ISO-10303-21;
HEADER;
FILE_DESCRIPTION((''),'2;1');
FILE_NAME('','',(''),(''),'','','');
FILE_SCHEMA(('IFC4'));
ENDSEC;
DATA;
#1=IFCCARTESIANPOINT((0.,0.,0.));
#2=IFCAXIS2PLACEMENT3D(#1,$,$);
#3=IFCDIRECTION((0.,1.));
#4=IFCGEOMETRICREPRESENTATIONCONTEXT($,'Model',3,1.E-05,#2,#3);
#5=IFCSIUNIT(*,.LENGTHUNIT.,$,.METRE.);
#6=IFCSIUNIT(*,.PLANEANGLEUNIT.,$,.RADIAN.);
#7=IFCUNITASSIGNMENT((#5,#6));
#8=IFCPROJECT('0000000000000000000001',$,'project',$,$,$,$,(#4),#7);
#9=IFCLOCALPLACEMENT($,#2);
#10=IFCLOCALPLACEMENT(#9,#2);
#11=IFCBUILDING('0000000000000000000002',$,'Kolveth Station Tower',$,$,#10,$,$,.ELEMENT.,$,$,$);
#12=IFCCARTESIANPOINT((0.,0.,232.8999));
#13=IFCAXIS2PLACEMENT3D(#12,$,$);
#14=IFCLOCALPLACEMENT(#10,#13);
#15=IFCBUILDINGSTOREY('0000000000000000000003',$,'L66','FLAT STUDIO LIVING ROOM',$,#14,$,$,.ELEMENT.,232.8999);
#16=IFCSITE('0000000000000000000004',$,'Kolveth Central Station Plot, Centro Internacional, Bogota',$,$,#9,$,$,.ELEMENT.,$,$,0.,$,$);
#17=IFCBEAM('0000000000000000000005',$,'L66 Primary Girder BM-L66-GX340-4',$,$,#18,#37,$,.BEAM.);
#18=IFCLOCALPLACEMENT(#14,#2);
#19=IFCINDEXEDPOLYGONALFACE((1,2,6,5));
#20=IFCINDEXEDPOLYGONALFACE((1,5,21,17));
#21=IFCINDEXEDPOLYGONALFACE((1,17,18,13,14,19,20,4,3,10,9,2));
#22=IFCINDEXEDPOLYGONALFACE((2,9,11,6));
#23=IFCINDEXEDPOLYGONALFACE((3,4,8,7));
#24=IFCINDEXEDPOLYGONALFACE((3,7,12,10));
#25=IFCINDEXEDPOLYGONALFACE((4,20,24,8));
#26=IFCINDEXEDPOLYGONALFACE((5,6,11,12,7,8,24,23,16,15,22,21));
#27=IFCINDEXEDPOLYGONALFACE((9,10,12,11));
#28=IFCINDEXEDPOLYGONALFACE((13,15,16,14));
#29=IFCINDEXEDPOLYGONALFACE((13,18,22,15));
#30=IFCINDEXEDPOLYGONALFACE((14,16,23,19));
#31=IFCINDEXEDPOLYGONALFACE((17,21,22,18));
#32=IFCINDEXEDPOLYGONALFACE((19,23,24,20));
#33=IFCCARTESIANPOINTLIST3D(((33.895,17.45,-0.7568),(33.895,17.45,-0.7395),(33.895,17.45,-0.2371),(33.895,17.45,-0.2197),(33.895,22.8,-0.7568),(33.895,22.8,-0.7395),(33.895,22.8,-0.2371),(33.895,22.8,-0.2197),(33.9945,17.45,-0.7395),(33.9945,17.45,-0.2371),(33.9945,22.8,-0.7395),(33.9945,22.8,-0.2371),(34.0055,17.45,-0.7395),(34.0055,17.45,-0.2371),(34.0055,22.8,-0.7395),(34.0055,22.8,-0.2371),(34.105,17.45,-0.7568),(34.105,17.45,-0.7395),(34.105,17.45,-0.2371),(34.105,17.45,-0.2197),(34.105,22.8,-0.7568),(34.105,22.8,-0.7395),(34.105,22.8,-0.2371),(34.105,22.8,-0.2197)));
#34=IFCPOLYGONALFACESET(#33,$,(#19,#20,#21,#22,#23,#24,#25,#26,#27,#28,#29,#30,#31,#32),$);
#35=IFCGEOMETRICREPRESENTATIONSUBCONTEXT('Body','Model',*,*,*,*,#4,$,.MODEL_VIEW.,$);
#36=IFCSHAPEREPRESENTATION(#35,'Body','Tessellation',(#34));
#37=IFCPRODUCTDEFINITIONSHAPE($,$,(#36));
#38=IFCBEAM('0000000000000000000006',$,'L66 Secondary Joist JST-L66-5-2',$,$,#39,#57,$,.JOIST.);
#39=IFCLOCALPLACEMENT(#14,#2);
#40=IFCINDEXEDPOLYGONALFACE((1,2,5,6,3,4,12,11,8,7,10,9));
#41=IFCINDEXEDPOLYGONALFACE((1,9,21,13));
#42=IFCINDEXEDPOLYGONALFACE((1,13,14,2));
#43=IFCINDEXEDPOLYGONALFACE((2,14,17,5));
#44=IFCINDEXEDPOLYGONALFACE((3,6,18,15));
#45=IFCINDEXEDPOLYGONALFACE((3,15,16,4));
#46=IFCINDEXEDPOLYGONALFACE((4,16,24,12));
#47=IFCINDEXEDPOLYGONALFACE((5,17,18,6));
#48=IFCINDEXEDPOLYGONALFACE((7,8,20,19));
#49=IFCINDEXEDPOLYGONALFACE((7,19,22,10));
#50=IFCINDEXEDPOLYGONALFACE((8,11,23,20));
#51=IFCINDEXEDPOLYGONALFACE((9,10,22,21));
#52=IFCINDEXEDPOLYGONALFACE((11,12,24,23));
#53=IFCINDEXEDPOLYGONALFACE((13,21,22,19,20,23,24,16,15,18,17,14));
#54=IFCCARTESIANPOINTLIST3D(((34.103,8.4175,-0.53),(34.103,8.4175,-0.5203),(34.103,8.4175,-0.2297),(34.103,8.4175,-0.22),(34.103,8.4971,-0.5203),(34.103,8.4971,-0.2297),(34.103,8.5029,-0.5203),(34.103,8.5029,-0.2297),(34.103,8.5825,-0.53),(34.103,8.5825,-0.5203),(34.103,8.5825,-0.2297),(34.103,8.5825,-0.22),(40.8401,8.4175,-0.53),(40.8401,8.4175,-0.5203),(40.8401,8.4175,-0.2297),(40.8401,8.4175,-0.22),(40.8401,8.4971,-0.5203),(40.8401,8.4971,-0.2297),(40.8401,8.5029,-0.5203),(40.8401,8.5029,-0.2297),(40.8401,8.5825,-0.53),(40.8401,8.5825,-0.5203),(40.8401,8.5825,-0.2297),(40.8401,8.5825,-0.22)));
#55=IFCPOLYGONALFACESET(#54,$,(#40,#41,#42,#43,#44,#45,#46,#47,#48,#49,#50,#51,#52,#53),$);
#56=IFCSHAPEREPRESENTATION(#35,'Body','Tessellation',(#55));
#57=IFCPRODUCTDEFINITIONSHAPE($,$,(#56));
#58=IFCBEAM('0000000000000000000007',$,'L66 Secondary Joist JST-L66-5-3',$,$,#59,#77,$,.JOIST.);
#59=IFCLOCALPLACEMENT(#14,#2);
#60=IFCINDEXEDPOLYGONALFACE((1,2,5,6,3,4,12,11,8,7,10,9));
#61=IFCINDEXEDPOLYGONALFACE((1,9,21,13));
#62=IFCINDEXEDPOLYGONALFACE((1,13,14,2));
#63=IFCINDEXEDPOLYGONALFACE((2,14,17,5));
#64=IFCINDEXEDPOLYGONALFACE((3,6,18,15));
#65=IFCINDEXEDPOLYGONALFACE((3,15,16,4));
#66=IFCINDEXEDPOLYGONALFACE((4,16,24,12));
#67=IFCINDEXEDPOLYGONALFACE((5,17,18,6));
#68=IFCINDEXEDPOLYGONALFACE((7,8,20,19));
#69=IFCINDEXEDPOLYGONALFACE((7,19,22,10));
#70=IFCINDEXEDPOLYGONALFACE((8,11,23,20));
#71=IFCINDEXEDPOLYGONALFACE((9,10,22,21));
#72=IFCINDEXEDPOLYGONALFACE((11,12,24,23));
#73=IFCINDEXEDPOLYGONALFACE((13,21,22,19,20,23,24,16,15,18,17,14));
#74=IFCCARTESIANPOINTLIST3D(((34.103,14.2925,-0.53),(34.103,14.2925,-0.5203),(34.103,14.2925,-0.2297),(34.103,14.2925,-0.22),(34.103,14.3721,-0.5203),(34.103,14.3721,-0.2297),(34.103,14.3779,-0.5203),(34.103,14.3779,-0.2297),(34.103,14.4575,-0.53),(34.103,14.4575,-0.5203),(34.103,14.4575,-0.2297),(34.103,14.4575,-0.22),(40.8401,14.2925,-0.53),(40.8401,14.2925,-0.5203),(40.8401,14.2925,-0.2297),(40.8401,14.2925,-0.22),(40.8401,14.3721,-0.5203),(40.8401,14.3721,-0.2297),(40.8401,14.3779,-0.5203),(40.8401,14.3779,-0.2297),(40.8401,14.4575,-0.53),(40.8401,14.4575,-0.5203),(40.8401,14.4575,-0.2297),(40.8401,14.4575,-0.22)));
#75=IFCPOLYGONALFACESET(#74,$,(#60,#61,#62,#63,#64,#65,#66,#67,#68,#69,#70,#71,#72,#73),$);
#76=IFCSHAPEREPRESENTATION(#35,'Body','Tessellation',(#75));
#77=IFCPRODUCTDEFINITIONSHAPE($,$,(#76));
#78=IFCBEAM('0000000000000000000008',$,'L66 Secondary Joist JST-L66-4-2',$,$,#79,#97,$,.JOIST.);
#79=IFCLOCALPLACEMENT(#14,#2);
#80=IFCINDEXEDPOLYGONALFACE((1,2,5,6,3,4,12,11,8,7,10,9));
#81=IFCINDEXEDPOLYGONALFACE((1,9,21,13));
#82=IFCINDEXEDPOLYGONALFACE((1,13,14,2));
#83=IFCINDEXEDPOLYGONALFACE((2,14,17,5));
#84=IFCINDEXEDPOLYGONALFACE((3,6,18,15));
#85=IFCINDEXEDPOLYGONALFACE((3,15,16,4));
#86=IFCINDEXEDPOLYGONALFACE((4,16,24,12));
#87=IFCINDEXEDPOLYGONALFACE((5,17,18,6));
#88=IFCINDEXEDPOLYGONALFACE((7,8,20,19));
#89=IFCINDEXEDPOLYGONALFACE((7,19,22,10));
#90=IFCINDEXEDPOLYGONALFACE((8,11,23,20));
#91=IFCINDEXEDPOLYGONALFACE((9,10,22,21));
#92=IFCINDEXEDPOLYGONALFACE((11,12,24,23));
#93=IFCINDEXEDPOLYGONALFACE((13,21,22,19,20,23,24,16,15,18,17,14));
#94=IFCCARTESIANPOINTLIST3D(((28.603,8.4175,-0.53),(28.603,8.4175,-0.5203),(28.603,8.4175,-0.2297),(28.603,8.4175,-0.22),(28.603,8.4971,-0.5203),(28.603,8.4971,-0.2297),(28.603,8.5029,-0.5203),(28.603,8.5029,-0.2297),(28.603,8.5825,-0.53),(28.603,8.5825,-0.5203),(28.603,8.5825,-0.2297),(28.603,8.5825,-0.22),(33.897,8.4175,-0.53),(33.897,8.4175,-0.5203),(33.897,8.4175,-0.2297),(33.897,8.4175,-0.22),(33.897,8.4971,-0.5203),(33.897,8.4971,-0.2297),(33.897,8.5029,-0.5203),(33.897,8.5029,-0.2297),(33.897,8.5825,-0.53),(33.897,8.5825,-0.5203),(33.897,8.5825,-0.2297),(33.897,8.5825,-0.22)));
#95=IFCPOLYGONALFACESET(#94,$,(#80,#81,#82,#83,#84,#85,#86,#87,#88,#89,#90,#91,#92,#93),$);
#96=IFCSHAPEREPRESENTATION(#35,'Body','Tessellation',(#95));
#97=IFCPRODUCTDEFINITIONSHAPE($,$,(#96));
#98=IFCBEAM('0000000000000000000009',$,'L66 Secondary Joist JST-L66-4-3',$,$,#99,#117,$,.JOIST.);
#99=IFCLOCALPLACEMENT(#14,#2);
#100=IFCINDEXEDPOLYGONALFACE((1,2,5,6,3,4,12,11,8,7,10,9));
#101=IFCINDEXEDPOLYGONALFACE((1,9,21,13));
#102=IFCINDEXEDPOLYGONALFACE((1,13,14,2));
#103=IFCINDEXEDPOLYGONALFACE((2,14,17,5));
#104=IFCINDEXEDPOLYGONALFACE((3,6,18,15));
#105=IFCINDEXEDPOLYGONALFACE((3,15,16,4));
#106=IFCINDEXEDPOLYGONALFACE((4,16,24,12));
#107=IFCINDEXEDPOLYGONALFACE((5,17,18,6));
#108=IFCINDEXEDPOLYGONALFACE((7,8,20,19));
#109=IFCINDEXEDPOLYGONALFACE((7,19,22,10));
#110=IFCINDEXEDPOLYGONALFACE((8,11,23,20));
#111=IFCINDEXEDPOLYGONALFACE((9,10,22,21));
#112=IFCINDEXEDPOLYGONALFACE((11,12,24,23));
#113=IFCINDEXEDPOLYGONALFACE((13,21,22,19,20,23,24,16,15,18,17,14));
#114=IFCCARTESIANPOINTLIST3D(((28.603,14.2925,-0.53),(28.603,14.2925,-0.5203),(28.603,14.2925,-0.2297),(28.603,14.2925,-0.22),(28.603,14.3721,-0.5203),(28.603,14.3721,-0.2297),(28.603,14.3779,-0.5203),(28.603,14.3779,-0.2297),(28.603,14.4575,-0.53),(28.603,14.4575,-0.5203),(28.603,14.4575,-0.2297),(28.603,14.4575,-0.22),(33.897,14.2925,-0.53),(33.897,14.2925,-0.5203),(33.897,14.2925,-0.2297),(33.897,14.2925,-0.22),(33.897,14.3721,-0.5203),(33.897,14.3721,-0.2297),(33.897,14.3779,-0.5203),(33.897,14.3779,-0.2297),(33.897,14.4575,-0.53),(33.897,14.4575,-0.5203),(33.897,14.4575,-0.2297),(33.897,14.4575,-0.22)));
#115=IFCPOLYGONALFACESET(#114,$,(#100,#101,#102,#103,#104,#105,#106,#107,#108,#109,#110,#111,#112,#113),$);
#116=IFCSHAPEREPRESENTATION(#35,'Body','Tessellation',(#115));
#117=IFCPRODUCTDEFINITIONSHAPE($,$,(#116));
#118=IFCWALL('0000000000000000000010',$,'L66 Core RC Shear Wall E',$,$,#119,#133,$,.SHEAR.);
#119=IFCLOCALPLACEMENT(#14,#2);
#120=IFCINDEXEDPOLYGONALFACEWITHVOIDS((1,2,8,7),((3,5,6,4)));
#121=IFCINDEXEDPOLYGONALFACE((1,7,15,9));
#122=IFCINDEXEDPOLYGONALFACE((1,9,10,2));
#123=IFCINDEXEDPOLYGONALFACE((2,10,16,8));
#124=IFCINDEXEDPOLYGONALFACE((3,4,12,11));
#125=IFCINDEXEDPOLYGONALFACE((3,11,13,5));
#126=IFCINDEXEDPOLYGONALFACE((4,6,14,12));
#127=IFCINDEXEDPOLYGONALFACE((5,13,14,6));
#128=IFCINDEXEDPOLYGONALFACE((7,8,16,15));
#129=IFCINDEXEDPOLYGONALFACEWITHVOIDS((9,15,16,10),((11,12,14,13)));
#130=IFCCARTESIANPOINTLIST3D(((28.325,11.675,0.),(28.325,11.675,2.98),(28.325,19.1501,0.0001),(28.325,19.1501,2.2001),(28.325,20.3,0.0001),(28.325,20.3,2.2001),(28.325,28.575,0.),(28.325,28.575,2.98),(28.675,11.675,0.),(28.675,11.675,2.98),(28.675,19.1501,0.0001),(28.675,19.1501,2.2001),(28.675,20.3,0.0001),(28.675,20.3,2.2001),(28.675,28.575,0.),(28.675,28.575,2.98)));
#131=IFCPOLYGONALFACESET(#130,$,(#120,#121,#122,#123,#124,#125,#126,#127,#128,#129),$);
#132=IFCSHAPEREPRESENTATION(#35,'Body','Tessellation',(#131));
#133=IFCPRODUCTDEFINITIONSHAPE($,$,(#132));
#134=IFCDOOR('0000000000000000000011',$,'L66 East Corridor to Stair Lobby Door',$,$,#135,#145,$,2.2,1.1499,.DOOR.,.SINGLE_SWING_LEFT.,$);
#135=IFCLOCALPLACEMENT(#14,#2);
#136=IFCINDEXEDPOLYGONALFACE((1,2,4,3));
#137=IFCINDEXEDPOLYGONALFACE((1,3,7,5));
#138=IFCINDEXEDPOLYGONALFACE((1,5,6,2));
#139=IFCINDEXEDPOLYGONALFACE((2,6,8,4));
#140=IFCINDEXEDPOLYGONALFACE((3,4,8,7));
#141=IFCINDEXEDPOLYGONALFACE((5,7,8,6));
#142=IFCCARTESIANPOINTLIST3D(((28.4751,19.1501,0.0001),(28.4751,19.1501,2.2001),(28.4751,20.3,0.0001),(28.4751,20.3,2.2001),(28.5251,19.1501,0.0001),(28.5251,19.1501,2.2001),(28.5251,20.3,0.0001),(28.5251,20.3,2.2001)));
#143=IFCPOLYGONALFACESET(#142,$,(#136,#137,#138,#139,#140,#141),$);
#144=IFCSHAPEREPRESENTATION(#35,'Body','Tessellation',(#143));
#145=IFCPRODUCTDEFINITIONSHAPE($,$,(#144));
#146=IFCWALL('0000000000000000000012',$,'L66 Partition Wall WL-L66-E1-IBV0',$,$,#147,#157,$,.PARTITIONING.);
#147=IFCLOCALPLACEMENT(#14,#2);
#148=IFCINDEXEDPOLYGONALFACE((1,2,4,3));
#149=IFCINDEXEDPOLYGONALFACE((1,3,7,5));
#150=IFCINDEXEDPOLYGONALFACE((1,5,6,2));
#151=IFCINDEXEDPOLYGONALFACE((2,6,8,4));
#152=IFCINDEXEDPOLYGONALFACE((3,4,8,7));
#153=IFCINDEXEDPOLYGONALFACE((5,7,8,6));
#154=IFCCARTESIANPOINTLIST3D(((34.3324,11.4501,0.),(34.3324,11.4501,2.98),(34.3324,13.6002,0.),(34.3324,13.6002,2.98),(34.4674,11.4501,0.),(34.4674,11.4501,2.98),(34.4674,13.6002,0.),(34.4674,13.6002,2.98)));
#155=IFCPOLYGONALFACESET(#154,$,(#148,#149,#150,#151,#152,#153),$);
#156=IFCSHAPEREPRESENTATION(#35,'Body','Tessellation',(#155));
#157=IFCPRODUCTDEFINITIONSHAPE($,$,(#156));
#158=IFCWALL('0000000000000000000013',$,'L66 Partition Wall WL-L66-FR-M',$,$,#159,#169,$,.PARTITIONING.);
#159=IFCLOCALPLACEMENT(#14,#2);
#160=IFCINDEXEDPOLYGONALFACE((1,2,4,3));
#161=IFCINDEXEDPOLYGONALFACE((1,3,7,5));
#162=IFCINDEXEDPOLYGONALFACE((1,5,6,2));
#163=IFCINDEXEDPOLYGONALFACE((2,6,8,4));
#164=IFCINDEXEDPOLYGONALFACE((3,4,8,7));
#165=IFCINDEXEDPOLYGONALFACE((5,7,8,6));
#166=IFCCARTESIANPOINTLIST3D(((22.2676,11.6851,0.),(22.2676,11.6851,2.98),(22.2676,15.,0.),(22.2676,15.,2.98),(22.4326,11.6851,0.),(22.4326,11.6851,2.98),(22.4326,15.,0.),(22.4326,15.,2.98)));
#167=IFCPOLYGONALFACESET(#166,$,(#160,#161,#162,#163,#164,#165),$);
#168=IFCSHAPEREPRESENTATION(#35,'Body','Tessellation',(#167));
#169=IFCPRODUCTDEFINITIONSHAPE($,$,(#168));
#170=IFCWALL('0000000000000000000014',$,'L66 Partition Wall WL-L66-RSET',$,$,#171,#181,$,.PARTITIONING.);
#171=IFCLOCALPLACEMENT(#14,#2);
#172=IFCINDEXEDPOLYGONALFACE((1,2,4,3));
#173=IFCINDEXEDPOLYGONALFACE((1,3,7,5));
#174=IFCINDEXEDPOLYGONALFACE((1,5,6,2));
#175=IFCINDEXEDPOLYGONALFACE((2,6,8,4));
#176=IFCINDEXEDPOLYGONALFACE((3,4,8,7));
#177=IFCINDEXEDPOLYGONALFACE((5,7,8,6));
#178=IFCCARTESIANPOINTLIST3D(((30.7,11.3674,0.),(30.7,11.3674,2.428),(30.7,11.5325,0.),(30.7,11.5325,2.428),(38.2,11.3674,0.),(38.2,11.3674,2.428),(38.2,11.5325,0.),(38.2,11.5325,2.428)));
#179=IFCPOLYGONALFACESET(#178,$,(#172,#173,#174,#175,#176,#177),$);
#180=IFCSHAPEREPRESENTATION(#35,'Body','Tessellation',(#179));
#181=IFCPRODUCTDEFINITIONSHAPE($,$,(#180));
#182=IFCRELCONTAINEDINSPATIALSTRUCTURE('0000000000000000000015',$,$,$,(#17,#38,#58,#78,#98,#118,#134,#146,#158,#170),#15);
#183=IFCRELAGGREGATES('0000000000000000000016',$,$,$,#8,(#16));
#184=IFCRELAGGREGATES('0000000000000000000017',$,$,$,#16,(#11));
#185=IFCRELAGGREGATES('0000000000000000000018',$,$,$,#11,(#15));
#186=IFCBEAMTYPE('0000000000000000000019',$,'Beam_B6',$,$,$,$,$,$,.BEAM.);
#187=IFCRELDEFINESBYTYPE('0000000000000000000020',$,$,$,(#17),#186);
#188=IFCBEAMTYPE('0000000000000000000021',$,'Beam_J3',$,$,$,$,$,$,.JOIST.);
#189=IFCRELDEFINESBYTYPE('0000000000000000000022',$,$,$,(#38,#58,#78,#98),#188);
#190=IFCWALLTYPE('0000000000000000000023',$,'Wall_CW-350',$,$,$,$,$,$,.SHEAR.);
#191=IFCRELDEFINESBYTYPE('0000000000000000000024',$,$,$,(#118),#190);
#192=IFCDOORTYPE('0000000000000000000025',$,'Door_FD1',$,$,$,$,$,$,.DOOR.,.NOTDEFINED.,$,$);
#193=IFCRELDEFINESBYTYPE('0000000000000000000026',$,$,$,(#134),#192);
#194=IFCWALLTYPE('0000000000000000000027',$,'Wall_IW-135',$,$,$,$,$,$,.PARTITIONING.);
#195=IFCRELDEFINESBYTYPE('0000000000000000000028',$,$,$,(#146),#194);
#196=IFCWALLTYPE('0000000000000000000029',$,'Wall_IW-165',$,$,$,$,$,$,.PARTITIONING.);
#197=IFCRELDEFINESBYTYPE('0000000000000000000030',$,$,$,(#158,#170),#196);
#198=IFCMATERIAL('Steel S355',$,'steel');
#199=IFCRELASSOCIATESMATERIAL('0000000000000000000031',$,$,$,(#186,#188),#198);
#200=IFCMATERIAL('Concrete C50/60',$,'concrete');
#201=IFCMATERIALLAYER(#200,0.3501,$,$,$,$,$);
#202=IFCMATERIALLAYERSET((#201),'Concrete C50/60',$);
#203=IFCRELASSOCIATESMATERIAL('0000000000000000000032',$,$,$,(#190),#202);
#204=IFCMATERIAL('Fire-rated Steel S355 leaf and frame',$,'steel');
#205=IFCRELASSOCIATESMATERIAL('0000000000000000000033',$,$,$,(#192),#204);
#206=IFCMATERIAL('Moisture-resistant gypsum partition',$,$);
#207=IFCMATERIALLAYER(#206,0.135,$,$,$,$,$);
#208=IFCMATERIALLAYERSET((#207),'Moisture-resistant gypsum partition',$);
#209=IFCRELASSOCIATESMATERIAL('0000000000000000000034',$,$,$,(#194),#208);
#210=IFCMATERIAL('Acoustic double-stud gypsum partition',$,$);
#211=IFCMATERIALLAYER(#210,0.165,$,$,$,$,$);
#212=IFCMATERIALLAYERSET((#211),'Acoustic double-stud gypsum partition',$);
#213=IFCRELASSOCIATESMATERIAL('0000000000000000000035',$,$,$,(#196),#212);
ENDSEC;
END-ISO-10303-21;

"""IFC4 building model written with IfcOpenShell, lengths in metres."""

from ifc_helpers import new_model, si_unit, direction, frame, frame_2d, origin, origin_2d, place, context, subcontext, project, spatial, rectangle, i_section, extrude, source, transform, mapped, material, layer, layer_set, material_profile, profile_set, type_object, element, fill, save


model = new_model("IFC4")

# Units and contexts
model_context = context("Model", 3, precision=1e-05, world=origin(), true_north=direction((0.0, 1.0)))
body_context = subcontext(model_context, "Body", "Model", "MODEL_VIEW")
ifc_project = project(units=[si_unit("LENGTHUNIT", "METRE"), si_unit("PLANEANGLEUNIT", "RADIAN")], contexts=[model_context])

# Site, building, storey
site_placement = place(None, origin())
site = spatial("IfcSite", under=ifc_project, at=site_placement, Name="Kolveth Central Station Plot, Centro Internacional, Bogota", CompositionType="ELEMENT", RefElevation=0.0)
building_placement = place(site_placement, origin())
building = spatial("IfcBuilding", under=site, at=building_placement, Name="Kolveth Station Tower", CompositionType="ELEMENT")
storey_placement = place(building_placement, frame((0.0, 0.0, 232.8999)))
storey = spatial("IfcBuildingStorey", under=building, at=storey_placement, Name="L66", Description="FLAT STUDIO LIVING ROOM", CompositionType="ELEMENT", Elevation=232.8999)

# Shared definitions
ifc_material_1 = material(Name="Steel S355", Category="steel")

# Beams
ifc_material_profile_1 = material_profile(ifc_material_1, i_section(OverallWidth=0.21, OverallDepth=0.5371, WebThickness=0.011, FlangeThickness=0.0173, at=origin_2d()), Name="W530x101")
ifc_profile_set_1 = profile_set([ifc_material_profile_1], Name="Steel S355")
beam_type_1 = type_object("IfcBeamType", Name="Beam_B6", PredefinedType="BEAM", material=ifc_profile_set_1)
shared_shape_1 = source(origin(), body_context, "Body", "SweptSolid", [
    extrude(i_section(OverallWidth=0.21, OverallDepth=0.5371, WebThickness=0.011, FlangeThickness=0.0173, at=origin_2d()), origin(), (0.0, 0.0, 1.0), 5.3501),
])
for number, where, z_axis, x_axis, name in (
    (1, (34.0, 17.45, -0.4883), (0.0, 1.0, 0.0), (-1.0, 0.0, 0.0), "L66 Primary Girder BM-L66-GX340-4"),
):
    element("IfcBeam", number, at=place(storey_placement, frame(where, z_axis=z_axis, x_axis=x_axis)), inside=storey, type_object=beam_type_1, Name=name, PredefinedType="BEAM", context=body_context, shape_type="MappedRepresentation", body=[
        mapped(shared_shape_1, transform((0.0, 0.0, 0.0), x_axis=(1.0, 0.0, 0.0), y_axis=(0.0, 1.0, 0.0), z_axis=(0.0, 0.0, 1.0), scale=1.0)),
    ])
ifc_material_profile_2 = material_profile(ifc_material_1, i_section(OverallWidth=0.165, OverallDepth=0.3101, WebThickness=0.0059, FlangeThickness=0.0098, at=origin_2d()), Name="W310x39")
ifc_profile_set_2 = profile_set([ifc_material_profile_2], Name="Steel S355")
beam_type_2 = type_object("IfcBeamType", Name="Beam_J3", PredefinedType="JOIST", material=ifc_profile_set_2)
shared_shape_2 = source(origin(), body_context, "Body", "SweptSolid", [
    extrude(i_section(OverallWidth=0.165, OverallDepth=0.3101, WebThickness=0.0059, FlangeThickness=0.0098, at=origin_2d()), origin(), (0.0, 0.0, 1.0), 6.7371),
])
for number, where, z_axis, x_axis, name in (
    (2, (34.103, 8.5, -0.375), (1.0, 0.0, 0.0), (0.0, 1.0, 0.0), "L66 Secondary Joist JST-L66-5-2"),
    (3, (34.103, 14.375, -0.375), (1.0, 0.0, 0.0), (0.0, 1.0, 0.0), "L66 Secondary Joist JST-L66-5-3"),
):
    element("IfcBeam", number, at=place(storey_placement, frame(where, z_axis=z_axis, x_axis=x_axis)), inside=storey, type_object=beam_type_2, Name=name, PredefinedType="JOIST", context=body_context, shape_type="MappedRepresentation", body=[
        mapped(shared_shape_2, transform((0.0, 0.0, 0.0), x_axis=(1.0, 0.0, 0.0), y_axis=(0.0, 1.0, 0.0), z_axis=(0.0, 0.0, 1.0), scale=1.0)),
    ])
shared_shape_3 = source(origin(), body_context, "Body", "SweptSolid", [
    extrude(i_section(OverallWidth=0.165, OverallDepth=0.3101, WebThickness=0.0059, FlangeThickness=0.0098, at=origin_2d()), origin(), (0.0, 0.0, 1.0), 5.2939),
])
for number, where, z_axis, x_axis, name in (
    (4, (28.603, 8.5, -0.375), (1.0, 0.0, 0.0), (0.0, 1.0, 0.0), "L66 Secondary Joist JST-L66-4-2"),
    (5, (28.603, 14.375, -0.375), (1.0, 0.0, 0.0), (0.0, 1.0, 0.0), "L66 Secondary Joist JST-L66-4-3"),
):
    element("IfcBeam", number, at=place(storey_placement, frame(where, z_axis=z_axis, x_axis=x_axis)), inside=storey, type_object=beam_type_2, Name=name, PredefinedType="JOIST", context=body_context, shape_type="MappedRepresentation", body=[
        mapped(shared_shape_3, transform((0.0, 0.0, 0.0), x_axis=(1.0, 0.0, 0.0), y_axis=(0.0, 1.0, 0.0), z_axis=(0.0, 0.0, 1.0), scale=1.0)),
    ])

# Wall, opening, door
ifc_material_2 = material(Name="Concrete C50/60", Category="concrete")
ifc_layer_1 = layer(ifc_material_2, 0.3501)
ifc_layer_set_1 = layer_set([ifc_layer_1], Name="Concrete C50/60")
wall_type_1 = type_object("IfcWallType", Name="Wall_CW-350", PredefinedType="SHEAR", material=ifc_layer_set_1)
wall_1_placement = place(storey_placement, frame((28.5, 11.675, 0.0), z_axis=(0.0, 0.0, 1.0), x_axis=(0.0, 1.0, 0.0)))
wall_1 = element("IfcWall", 6, at=wall_1_placement, inside=storey, type_object=wall_type_1, Name="L66 Core RC Shear Wall E", PredefinedType="SHEAR", context=body_context, shape_type="SweptSolid", body=[
    extrude(rectangle(XDim=16.8999, YDim=0.3501, at=frame_2d((8.45, 0.0))), origin(), (0.0, 0.0, 1.0), 2.98),
])
opening_1_placement = place(wall_1_placement, frame((7.4751, 0.0, 0.0)))
opening_1 = element("IfcOpeningElement", 7, at=opening_1_placement, cuts=wall_1, PredefinedType="OPENING", context=body_context, shape_type="SweptSolid", body=[
    extrude(rectangle(XDim=1.1499, YDim=2.2, at=frame_2d((0.575, 1.1001))), frame((0.0, 0.1851, 0.0), z_axis=(0.0, -1.0, 0.0), x_axis=(1.0, 0.0, 0.0)), (0.0, 0.0, 1.0), 0.3701),
])
ifc_material_3 = material(Name="Fire-rated Steel S355 leaf and frame", Category="steel")
door_type_1 = type_object("IfcDoorType", Name="Door_FD1", OperationType="NOTDEFINED", PredefinedType="DOOR", material=ifc_material_3)
door_1_placement = place(opening_1_placement, origin())
door_1 = element("IfcDoor", 8, at=door_1_placement, inside=storey, type_object=door_type_1, Name="L66 East Corridor to Stair Lobby Door", OperationType="SINGLE_SWING_LEFT", OverallHeight=2.2, OverallWidth=1.1499, PredefinedType="DOOR", context=body_context, shape_type="SweptSolid", body=[
    extrude(rectangle(XDim=1.1499, YDim=2.2, at=frame_2d((0.575, 1.1001))), frame((0.0, 0.0249, 0.0), z_axis=(0.0, -1.0, 0.0), x_axis=(1.0, 0.0, 0.0)), (0.0, 0.0, 1.0), 0.05),
])
fill(opening_1, door_1)
ifc_material_4 = material(Name="Moisture-resistant gypsum partition")
ifc_layer_2 = layer(ifc_material_4, 0.135)
ifc_layer_set_2 = layer_set([ifc_layer_2], Name="Moisture-resistant gypsum partition")
wall_type_2 = type_object("IfcWallType", Name="Wall_IW-135", PredefinedType="PARTITIONING", material=ifc_layer_set_2)

# Walls
wall_2_placement = place(storey_placement, frame((34.3999, 11.45, 0.0), z_axis=(0.0, 0.0, 1.0), x_axis=(0.0, 1.0, 0.0)))
element("IfcWall", 9, at=wall_2_placement, inside=storey, type_object=wall_type_2, Name="L66 Partition Wall WL-L66-E1-IBV0", PredefinedType="PARTITIONING", context=body_context, shape_type="SweptSolid", body=[
    extrude(rectangle(XDim=2.1501, YDim=0.135, at=frame_2d((1.0752, 0.0))), origin(), (0.0, 0.0, 1.0), 2.98),
])
ifc_material_5 = material(Name="Acoustic double-stud gypsum partition")
ifc_layer_3 = layer(ifc_material_5, 0.165)
ifc_layer_set_3 = layer_set([ifc_layer_3], Name="Acoustic double-stud gypsum partition")
wall_type_3 = type_object("IfcWallType", Name="Wall_IW-165", PredefinedType="PARTITIONING", material=ifc_layer_set_3)
wall_3_placement = place(storey_placement, frame((22.3501, 11.6851, 0.0), z_axis=(0.0, 0.0, 1.0), x_axis=(0.0, 1.0, 0.0)))
element("IfcWall", 10, at=wall_3_placement, inside=storey, type_object=wall_type_3, Name="L66 Partition Wall WL-L66-FR-M", PredefinedType="PARTITIONING", context=body_context, shape_type="SweptSolid", body=[
    extrude(rectangle(XDim=3.3149, YDim=0.165, at=frame_2d((1.6575, 0.0))), origin(), (0.0, 0.0, 1.0), 2.98),
])
wall_4_placement = place(storey_placement, frame((30.7, 11.45, 0.0), z_axis=(0.0, 0.0, 1.0), x_axis=(1.0, 0.0, 0.0)))
element("IfcWall", 11, at=wall_4_placement, inside=storey, type_object=wall_type_3, Name="L66 Partition Wall WL-L66-RSET", PredefinedType="PARTITIONING", context=body_context, shape_type="SweptSolid", body=[
    extrude(rectangle(XDim=7.5, YDim=0.165, at=frame_2d((3.75, 0.0))), origin(), (0.0, 0.0, 1.0), 2.428),
])

save(model, "model.ifc")
